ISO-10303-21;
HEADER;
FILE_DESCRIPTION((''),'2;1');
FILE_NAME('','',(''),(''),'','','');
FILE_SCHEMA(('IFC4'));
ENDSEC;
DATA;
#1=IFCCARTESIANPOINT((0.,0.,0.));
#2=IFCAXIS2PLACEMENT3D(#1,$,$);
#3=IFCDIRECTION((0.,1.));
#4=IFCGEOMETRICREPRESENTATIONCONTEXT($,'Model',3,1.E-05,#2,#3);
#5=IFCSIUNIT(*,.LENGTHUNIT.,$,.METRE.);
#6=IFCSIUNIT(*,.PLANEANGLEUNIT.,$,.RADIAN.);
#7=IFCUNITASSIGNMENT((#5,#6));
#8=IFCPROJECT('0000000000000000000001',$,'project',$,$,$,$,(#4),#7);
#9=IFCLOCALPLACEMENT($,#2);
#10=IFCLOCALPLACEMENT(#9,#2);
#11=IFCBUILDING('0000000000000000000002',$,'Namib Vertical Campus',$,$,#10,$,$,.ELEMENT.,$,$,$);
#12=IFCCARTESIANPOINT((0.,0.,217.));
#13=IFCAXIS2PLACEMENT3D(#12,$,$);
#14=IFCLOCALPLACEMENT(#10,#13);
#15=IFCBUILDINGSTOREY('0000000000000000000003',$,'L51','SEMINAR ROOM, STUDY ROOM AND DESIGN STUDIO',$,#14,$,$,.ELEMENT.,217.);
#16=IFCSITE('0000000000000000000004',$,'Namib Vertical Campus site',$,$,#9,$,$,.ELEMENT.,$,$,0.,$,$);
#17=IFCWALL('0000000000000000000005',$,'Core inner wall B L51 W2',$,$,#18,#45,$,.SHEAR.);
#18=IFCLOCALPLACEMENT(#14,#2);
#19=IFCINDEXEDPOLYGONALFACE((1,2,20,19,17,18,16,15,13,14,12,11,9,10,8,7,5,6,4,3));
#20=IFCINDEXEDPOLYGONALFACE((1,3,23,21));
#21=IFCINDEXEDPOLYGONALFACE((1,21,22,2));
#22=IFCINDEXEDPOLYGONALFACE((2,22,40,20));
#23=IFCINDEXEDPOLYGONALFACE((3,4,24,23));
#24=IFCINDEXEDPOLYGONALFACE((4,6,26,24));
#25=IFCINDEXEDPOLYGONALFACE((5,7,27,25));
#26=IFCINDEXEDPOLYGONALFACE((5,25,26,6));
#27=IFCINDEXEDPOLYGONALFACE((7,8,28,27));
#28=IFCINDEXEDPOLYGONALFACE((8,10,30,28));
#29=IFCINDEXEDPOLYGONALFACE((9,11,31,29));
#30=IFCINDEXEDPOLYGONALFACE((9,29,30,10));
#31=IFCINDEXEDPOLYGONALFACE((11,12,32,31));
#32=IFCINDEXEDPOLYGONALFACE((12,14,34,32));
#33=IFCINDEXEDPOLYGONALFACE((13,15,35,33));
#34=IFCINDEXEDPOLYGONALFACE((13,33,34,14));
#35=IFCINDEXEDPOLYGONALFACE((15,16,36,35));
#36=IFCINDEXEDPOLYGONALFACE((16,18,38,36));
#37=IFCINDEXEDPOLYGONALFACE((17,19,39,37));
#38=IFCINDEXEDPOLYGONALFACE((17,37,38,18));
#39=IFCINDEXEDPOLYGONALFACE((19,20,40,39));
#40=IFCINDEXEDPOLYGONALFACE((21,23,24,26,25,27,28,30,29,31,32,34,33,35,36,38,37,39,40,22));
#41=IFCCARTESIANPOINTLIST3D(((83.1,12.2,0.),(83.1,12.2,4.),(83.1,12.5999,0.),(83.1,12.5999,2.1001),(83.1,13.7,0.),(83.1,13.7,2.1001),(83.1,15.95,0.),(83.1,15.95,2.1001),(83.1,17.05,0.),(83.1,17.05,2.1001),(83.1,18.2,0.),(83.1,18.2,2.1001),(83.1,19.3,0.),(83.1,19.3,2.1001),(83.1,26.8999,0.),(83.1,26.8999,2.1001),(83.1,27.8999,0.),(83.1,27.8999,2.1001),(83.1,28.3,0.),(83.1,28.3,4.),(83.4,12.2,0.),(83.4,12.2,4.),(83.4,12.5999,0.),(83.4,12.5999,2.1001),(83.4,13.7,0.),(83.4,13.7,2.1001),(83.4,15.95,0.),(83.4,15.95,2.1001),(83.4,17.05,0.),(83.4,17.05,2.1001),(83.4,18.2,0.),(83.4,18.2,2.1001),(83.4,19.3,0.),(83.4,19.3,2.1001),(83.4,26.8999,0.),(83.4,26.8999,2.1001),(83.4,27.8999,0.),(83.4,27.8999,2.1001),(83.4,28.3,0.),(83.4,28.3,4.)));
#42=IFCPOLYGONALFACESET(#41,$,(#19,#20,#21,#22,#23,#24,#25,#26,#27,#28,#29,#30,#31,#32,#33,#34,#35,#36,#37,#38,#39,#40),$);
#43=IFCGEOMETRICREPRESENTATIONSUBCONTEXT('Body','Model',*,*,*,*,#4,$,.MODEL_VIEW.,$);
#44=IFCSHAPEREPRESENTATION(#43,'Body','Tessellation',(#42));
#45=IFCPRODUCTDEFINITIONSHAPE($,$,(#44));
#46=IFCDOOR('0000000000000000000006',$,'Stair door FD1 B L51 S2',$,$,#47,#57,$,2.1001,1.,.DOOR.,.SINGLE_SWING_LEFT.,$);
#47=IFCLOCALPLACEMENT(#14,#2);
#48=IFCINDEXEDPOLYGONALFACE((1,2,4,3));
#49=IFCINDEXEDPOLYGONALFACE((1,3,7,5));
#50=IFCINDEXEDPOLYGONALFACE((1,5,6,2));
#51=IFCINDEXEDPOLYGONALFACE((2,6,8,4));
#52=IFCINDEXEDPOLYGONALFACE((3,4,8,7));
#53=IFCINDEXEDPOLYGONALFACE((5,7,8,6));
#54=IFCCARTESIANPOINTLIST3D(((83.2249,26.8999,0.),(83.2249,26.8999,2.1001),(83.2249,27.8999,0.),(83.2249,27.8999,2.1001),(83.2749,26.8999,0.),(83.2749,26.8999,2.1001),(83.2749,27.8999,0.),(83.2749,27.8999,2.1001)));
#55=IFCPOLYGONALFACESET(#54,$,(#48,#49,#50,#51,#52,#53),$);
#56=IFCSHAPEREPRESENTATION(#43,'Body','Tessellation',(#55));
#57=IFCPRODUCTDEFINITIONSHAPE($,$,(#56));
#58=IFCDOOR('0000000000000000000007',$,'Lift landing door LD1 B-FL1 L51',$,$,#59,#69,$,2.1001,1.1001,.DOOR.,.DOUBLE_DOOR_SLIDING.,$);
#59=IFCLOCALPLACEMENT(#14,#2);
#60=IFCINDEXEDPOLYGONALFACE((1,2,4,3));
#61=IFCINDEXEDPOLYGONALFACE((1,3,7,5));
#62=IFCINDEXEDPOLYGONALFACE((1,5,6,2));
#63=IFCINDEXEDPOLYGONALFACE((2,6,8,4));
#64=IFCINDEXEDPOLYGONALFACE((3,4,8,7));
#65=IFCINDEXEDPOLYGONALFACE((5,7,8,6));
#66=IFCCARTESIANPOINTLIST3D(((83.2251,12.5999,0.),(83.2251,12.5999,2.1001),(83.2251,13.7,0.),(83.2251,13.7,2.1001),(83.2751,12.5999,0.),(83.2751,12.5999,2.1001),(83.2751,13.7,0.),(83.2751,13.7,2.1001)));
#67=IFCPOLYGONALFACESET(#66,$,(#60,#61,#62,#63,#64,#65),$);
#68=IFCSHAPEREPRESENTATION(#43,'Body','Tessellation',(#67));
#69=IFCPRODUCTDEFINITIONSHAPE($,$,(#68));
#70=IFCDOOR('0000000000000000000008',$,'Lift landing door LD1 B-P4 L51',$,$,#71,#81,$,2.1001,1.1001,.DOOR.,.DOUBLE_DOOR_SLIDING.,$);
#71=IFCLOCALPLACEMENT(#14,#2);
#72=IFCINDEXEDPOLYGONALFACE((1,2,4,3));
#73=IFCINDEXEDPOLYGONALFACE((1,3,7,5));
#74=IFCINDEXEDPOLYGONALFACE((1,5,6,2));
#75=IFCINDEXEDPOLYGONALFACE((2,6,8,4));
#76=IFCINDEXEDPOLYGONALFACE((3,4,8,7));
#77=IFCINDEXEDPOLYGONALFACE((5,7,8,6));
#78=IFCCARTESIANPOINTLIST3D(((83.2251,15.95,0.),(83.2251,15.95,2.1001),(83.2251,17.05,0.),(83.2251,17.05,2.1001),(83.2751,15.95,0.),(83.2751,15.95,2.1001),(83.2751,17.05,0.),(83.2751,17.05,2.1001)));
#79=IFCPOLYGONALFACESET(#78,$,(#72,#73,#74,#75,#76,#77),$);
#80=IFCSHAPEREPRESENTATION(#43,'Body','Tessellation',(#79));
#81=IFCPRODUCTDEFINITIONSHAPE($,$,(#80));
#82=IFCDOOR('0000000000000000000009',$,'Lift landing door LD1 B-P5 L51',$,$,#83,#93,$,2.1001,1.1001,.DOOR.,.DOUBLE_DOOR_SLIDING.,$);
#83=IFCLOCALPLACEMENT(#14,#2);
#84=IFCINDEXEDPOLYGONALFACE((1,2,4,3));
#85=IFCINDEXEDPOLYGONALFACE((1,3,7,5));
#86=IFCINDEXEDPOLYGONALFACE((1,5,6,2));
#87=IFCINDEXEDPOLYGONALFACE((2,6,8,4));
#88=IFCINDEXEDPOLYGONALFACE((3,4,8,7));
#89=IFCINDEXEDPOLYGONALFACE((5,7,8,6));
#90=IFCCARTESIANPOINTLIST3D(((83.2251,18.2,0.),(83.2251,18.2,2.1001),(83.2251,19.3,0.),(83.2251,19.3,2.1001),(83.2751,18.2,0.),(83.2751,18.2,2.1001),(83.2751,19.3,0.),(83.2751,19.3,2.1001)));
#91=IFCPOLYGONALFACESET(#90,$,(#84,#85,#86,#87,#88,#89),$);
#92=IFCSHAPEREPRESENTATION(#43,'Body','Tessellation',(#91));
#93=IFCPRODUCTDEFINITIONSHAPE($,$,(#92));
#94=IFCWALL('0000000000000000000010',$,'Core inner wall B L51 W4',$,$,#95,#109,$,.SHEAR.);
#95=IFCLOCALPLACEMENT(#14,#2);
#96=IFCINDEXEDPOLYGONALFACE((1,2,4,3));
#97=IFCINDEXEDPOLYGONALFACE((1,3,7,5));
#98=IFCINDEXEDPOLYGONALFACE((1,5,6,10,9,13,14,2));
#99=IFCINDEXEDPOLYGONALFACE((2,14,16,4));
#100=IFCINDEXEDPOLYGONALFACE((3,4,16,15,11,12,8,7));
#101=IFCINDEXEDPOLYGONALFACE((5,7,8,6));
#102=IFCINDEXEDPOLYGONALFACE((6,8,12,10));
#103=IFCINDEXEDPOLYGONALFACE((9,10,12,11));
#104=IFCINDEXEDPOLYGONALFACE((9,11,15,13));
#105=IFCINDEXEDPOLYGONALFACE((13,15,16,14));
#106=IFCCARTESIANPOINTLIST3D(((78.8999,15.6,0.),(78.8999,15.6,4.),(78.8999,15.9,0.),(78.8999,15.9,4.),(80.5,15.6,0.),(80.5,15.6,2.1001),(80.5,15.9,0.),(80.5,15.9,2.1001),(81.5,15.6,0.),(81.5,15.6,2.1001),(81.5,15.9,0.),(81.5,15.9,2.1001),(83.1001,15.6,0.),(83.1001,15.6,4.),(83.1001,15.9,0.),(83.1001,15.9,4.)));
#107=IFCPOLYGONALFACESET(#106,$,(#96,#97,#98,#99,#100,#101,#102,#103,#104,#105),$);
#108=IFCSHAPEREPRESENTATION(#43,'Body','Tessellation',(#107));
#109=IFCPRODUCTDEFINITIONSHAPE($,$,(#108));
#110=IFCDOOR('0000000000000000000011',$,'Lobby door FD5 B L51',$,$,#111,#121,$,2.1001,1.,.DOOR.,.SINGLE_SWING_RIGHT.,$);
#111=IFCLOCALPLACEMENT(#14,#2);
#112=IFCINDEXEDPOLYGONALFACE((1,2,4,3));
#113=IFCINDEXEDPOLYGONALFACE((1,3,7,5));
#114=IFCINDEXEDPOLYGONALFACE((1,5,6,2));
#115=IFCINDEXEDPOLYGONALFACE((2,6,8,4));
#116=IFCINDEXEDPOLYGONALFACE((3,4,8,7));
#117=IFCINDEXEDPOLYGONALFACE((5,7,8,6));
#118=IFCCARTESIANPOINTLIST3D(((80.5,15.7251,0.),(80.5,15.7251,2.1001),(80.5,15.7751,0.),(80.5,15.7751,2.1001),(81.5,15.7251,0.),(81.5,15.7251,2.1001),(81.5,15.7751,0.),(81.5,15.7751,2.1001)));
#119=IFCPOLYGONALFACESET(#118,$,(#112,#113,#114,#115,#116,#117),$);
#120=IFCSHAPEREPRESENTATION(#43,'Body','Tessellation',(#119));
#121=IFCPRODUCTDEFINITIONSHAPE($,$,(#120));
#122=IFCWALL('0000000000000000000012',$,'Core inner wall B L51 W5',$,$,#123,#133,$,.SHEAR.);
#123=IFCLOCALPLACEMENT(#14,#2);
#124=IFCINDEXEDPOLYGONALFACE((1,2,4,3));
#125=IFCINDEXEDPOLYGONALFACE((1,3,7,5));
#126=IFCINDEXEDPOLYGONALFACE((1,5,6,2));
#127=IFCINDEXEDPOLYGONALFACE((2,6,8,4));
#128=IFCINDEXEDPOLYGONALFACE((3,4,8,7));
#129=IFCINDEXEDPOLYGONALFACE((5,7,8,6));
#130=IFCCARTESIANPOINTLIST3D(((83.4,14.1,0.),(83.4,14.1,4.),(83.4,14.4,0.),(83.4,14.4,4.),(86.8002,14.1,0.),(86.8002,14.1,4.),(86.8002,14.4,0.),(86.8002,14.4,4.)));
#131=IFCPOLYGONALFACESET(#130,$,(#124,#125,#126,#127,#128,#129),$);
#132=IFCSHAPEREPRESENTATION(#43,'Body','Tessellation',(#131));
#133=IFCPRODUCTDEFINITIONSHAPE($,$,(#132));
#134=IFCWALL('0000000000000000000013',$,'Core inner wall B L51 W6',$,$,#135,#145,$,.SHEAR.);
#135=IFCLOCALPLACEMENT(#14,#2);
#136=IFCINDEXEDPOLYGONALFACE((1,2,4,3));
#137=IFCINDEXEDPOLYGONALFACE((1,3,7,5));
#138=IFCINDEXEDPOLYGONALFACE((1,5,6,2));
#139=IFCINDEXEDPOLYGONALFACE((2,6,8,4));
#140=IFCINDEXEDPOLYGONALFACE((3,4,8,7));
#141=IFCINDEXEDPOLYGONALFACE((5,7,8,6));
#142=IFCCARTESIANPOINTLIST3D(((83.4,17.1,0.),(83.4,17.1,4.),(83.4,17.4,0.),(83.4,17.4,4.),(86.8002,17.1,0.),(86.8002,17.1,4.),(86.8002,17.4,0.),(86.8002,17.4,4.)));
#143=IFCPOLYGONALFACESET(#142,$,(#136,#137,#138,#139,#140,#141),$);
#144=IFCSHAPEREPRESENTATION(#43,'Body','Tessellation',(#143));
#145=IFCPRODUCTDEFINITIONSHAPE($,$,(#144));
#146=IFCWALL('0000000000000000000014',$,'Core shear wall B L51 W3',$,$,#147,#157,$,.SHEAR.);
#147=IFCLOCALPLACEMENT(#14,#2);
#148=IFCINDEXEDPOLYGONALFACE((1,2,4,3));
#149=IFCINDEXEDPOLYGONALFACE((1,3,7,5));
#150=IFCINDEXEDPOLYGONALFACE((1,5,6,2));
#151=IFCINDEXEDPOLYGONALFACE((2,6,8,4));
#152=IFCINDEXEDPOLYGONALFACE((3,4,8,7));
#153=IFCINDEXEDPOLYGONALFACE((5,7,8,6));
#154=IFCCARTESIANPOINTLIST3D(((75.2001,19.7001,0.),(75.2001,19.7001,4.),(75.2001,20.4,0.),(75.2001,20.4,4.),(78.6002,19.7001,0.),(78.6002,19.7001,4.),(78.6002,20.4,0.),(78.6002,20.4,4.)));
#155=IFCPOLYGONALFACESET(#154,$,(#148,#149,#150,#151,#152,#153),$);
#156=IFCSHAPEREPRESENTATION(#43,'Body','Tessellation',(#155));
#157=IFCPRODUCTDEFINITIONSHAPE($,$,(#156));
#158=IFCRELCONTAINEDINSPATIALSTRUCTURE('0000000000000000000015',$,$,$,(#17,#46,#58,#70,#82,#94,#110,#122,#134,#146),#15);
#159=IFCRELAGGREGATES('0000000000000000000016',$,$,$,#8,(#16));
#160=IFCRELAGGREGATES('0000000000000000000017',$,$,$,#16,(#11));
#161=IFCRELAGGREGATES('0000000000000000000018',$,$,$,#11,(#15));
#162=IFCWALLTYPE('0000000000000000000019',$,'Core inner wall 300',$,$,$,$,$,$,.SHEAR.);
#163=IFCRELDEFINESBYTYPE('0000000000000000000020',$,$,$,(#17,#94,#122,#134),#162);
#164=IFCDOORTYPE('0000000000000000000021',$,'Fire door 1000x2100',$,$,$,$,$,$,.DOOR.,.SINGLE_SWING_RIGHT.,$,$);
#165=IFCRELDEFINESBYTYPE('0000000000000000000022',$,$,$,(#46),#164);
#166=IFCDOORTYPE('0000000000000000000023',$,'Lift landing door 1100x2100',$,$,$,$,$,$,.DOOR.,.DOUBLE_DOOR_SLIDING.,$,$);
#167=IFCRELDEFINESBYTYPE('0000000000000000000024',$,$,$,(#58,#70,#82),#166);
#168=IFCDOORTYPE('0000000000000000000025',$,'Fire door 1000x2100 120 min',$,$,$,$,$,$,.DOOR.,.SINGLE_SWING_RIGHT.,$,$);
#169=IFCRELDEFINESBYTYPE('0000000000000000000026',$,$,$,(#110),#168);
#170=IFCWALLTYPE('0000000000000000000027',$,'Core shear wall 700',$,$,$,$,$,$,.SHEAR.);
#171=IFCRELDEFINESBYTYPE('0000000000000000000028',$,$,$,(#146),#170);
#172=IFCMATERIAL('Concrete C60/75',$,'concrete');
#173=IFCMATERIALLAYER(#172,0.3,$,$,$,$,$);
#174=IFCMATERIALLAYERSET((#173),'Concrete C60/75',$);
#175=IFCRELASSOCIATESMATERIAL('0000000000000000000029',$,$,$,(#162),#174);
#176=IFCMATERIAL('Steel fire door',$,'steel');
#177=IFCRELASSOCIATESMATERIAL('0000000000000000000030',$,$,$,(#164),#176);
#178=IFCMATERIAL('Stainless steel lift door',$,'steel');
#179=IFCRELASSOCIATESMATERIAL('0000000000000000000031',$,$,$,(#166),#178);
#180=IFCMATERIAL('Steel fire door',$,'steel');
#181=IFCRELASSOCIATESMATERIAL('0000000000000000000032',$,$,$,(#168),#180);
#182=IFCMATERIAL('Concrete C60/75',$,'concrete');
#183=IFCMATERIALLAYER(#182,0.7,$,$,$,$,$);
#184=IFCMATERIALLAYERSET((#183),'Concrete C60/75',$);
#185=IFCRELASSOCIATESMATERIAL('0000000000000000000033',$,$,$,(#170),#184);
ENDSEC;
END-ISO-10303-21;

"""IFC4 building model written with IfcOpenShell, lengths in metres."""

from ifc_helpers import new_model, si_unit, direction, frame, frame_2d, origin, place, context, subcontext, project, spatial, rectangle, extrude, material, layer, layer_set, type_object, element, fill, save


model = new_model("IFC4")

# Units and contexts
model_context = context("Model", 3, precision=1e-05, world=origin(), true_north=direction((0.0, 1.0)))
body_context = subcontext(model_context, "Body", "Model", "MODEL_VIEW")
ifc_project = project(units=[si_unit("LENGTHUNIT", "METRE"), si_unit("PLANEANGLEUNIT", "RADIAN")], contexts=[model_context])

# Site, building, storey
site_placement = place(None, origin())
site = spatial("IfcSite", under=ifc_project, at=site_placement, Name="Namib Vertical Campus site", CompositionType="ELEMENT", RefElevation=0.0)
building_placement = place(site_placement, origin())
building = spatial("IfcBuilding", under=site, at=building_placement, Name="Namib Vertical Campus", CompositionType="ELEMENT")
storey_placement = place(building_placement, frame((0.0, 0.0, 217.0)))
storey = spatial("IfcBuildingStorey", under=building, at=storey_placement, Name="L51", Description="SEMINAR ROOM, STUDY ROOM AND DESIGN STUDIO", CompositionType="ELEMENT", Elevation=217.0)

# Wall, openings, doors
ifc_material_1 = material(Name="Concrete C60/75", Category="concrete")
ifc_layer_1 = layer(ifc_material_1, 0.3)
ifc_layer_set_1 = layer_set([ifc_layer_1], Name="Concrete C60/75")
wall_type_1 = type_object("IfcWallType", Name="Core inner wall 300", PredefinedType="SHEAR", material=ifc_layer_set_1)
ifc_material_2 = material(Name="Steel fire door", Category="steel")
door_type_1 = type_object("IfcDoorType", Name="Fire door 1000x2100", OperationType="SINGLE_SWING_RIGHT", PredefinedType="DOOR", material=ifc_material_2)
ifc_material_3 = material(Name="Stainless steel lift door", Category="steel")
door_type_2 = type_object("IfcDoorType", Name="Lift landing door 1100x2100", OperationType="DOUBLE_DOOR_SLIDING", PredefinedType="DOOR", material=ifc_material_3)
wall_1_placement = place(storey_placement, frame((83.25, 12.2, 0.0), z_axis=(0.0, 0.0, 1.0), x_axis=(0.0, 1.0, 0.0)))
wall_1 = element("IfcWall", 1, at=wall_1_placement, inside=storey, type_object=wall_type_1, Name="Core inner wall B L51 W2", PredefinedType="SHEAR", context=body_context, shape_type="SweptSolid", body=[
    extrude(rectangle(XDim=16.1001, YDim=0.3, at=frame_2d((8.05, 0.0))), origin(), (0.0, 0.0, 1.0), 4.0),
])
opening_1_placement = place(wall_1_placement, frame((14.7, 0.0, 0.0)))
opening_1 = element("IfcOpeningElement", 2, at=opening_1_placement, cuts=wall_1, PredefinedType="OPENING", context=body_context, shape_type="SweptSolid", body=[
    extrude(rectangle(XDim=1.0, YDim=2.1001, at=frame_2d((0.5, 1.05))), frame((0.0, 0.1599, 0.0), z_axis=(0.0, -1.0, 0.0), x_axis=(1.0, 0.0, 0.0)), (0.0, 0.0, 1.0), 0.3201),
])
opening_2_placement = place(wall_1_placement, frame((0.3999, 0.0, 0.0)))
opening_2 = element("IfcOpeningElement", 3, at=opening_2_placement, cuts=wall_1, PredefinedType="OPENING", context=body_context, shape_type="SweptSolid", body=[
    extrude(rectangle(XDim=1.1001, YDim=2.1001, at=frame_2d((0.55, 1.05))), frame((0.0, 0.1599, 0.0), z_axis=(0.0, -1.0, 0.0), x_axis=(1.0, 0.0, 0.0)), (0.0, 0.0, 1.0), 0.3201),
])
opening_3_placement = place(wall_1_placement, frame((3.75, 0.0, 0.0)))
opening_3 = element("IfcOpeningElement", 4, at=opening_3_placement, cuts=wall_1, PredefinedType="OPENING", context=body_context, shape_type="SweptSolid", body=[
    extrude(rectangle(XDim=1.1001, YDim=2.1001, at=frame_2d((0.55, 1.05))), frame((0.0, 0.1599, 0.0), z_axis=(0.0, -1.0, 0.0), x_axis=(1.0, 0.0, 0.0)), (0.0, 0.0, 1.0), 0.3201),
])
opening_4_placement = place(wall_1_placement, frame((6.0, 0.0, 0.0)))
opening_4 = element("IfcOpeningElement", 5, at=opening_4_placement, cuts=wall_1, PredefinedType="OPENING", context=body_context, shape_type="SweptSolid", body=[
    extrude(rectangle(XDim=1.1001, YDim=2.1001, at=frame_2d((0.55, 1.05))), frame((0.0, 0.1599, 0.0), z_axis=(0.0, -1.0, 0.0), x_axis=(1.0, 0.0, 0.0)), (0.0, 0.0, 1.0), 0.3201),
])
door_1_placement = place(opening_1_placement, frame((1.0, 0.0, 0.0), z_axis=(0.0, 0.0, 1.0), x_axis=(-1.0, 0.0, 0.0)))
door_1 = element("IfcDoor", 6, at=door_1_placement, inside=storey, type_object=door_type_1, Name="Stair door FD1 B L51 S2", OperationType="SINGLE_SWING_LEFT", OverallHeight=2.1001, OverallWidth=1.0, PredefinedType="DOOR", context=body_context, shape_type="SweptSolid", body=[
    extrude(rectangle(XDim=1.0, YDim=2.1001, at=frame_2d((0.5, 1.05))), frame((0.0, 0.0249, 0.0), z_axis=(0.0, -1.0, 0.0), x_axis=(1.0, 0.0, 0.0)), (0.0, 0.0, 1.0), 0.05),
])
fill(opening_1, door_1)
door_2_placement = place(opening_2_placement, origin())
door_2 = element("IfcDoor", 7, at=door_2_placement, inside=storey, type_object=door_type_2, Name="Lift landing door LD1 B-FL1 L51", OperationType="DOUBLE_DOOR_SLIDING", OverallHeight=2.1001, OverallWidth=1.1001, PredefinedType="DOOR", context=body_context, shape_type="SweptSolid", body=[
    extrude(rectangle(XDim=1.1001, YDim=2.1001, at=frame_2d((0.55, 1.05))), frame((0.0, 0.0249, 0.0), z_axis=(0.0, -1.0, 0.0), x_axis=(1.0, 0.0, 0.0)), (0.0, 0.0, 1.0), 0.05),
])
fill(opening_2, door_2)
door_3_placement = place(opening_3_placement, origin())
door_3 = element("IfcDoor", 8, at=door_3_placement, inside=storey, type_object=door_type_2, Name="Lift landing door LD1 B-P4 L51", OperationType="DOUBLE_DOOR_SLIDING", OverallHeight=2.1001, OverallWidth=1.1001, PredefinedType="DOOR", context=body_context, shape_type="SweptSolid", body=[
    extrude(rectangle(XDim=1.1001, YDim=2.1001, at=frame_2d((0.55, 1.05))), frame((0.0, 0.0249, 0.0), z_axis=(0.0, -1.0, 0.0), x_axis=(1.0, 0.0, 0.0)), (0.0, 0.0, 1.0), 0.05),
])
fill(opening_3, door_3)
door_4_placement = place(opening_4_placement, origin())
door_4 = element("IfcDoor", 9, at=door_4_placement, inside=storey, type_object=door_type_2, Name="Lift landing door LD1 B-P5 L51", OperationType="DOUBLE_DOOR_SLIDING", OverallHeight=2.1001, OverallWidth=1.1001, PredefinedType="DOOR", context=body_context, shape_type="SweptSolid", body=[
    extrude(rectangle(XDim=1.1001, YDim=2.1001, at=frame_2d((0.55, 1.05))), frame((0.0, 0.0249, 0.0), z_axis=(0.0, -1.0, 0.0), x_axis=(1.0, 0.0, 0.0)), (0.0, 0.0, 1.0), 0.05),
])
fill(opening_4, door_4)

# Wall, opening, door
wall_2_placement = place(storey_placement, frame((78.8999, 15.75, 0.0), z_axis=(0.0, 0.0, 1.0), x_axis=(1.0, 0.0, 0.0)))
wall_2 = element("IfcWall", 10, at=wall_2_placement, inside=storey, type_object=wall_type_1, Name="Core inner wall B L51 W4", PredefinedType="SHEAR", context=body_context, shape_type="SweptSolid", body=[
    extrude(rectangle(XDim=4.2002, YDim=0.3, at=frame_2d((2.1001, 0.0))), origin(), (0.0, 0.0, 1.0), 4.0),
])
opening_5_placement = place(wall_2_placement, frame((1.6001, 0.0, 0.0)))
opening_5 = element("IfcOpeningElement", 11, at=opening_5_placement, cuts=wall_2, PredefinedType="OPENING", context=body_context, shape_type="SweptSolid", body=[
    extrude(rectangle(XDim=1.0, YDim=2.1001, at=frame_2d((0.5, 1.05))), frame((0.0, 0.1599, 0.0), z_axis=(0.0, -1.0, 0.0), x_axis=(1.0, 0.0, 0.0)), (0.0, 0.0, 1.0), 0.3201),
])
ifc_material_4 = material(Name="Steel fire door", Category="steel")
door_type_3 = type_object("IfcDoorType", Name="Fire door 1000x2100 120 min", OperationType="SINGLE_SWING_RIGHT", PredefinedType="DOOR", material=ifc_material_4)
door_5_placement = place(opening_5_placement, frame((1.0, 0.0, 0.0), z_axis=(0.0, 0.0, 1.0), x_axis=(-1.0, 0.0, 0.0)))
door_5 = element("IfcDoor", 12, at=door_5_placement, inside=storey, type_object=door_type_3, Name="Lobby door FD5 B L51", OperationType="SINGLE_SWING_RIGHT", OverallHeight=2.1001, OverallWidth=1.0, PredefinedType="DOOR", context=body_context, shape_type="SweptSolid", body=[
    extrude(rectangle(XDim=1.0, YDim=2.1001, at=frame_2d((0.5, 1.05))), frame((0.0, 0.0249, 0.0), z_axis=(0.0, -1.0, 0.0), x_axis=(1.0, 0.0, 0.0)), (0.0, 0.0, 1.0), 0.05),
])
fill(opening_5, door_5)

# Walls
for number, where, z_axis, x_axis, name in (
    (13, (83.3999, 14.25, 0.0), (0.0, 0.0, 1.0), (1.0, 0.0, 0.0), "Core inner wall B L51 W5"),
    (14, (83.3999, 17.25, 0.0), (0.0, 0.0, 1.0), (1.0, 0.0, 0.0), "Core inner wall B L51 W6"),
):
    element("IfcWall", number, at=place(storey_placement, frame(where, z_axis=z_axis, x_axis=x_axis)), inside=storey, type_object=wall_type_1, Name=name, PredefinedType="SHEAR", context=body_context, shape_type="SweptSolid", body=[
        extrude(rectangle(XDim=3.4001, YDim=0.3, at=frame_2d((1.7002, 0.0))), origin(), (0.0, 0.0, 1.0), 4.0),
    ])
ifc_material_5 = material(Name="Concrete C60/75", Category="concrete")
ifc_layer_2 = layer(ifc_material_5, 0.7)
ifc_layer_set_2 = layer_set([ifc_layer_2], Name="Concrete C60/75")
wall_type_2 = type_object("IfcWallType", Name="Core shear wall 700", PredefinedType="SHEAR", material=ifc_layer_set_2)
wall_3_placement = place(storey_placement, frame((75.2, 20.05, 0.0), z_axis=(0.0, 0.0, 1.0), x_axis=(1.0, 0.0, 0.0)))
element("IfcWall", 15, at=wall_3_placement, inside=storey, type_object=wall_type_2, Name="Core shear wall B L51 W3", PredefinedType="SHEAR", context=body_context, shape_type="SweptSolid", body=[
    extrude(rectangle(XDim=3.4001, YDim=0.7, at=frame_2d((1.7002, 0.0))), origin(), (0.0, 0.0, 1.0), 4.0),
])

save(model, "model.ifc")
